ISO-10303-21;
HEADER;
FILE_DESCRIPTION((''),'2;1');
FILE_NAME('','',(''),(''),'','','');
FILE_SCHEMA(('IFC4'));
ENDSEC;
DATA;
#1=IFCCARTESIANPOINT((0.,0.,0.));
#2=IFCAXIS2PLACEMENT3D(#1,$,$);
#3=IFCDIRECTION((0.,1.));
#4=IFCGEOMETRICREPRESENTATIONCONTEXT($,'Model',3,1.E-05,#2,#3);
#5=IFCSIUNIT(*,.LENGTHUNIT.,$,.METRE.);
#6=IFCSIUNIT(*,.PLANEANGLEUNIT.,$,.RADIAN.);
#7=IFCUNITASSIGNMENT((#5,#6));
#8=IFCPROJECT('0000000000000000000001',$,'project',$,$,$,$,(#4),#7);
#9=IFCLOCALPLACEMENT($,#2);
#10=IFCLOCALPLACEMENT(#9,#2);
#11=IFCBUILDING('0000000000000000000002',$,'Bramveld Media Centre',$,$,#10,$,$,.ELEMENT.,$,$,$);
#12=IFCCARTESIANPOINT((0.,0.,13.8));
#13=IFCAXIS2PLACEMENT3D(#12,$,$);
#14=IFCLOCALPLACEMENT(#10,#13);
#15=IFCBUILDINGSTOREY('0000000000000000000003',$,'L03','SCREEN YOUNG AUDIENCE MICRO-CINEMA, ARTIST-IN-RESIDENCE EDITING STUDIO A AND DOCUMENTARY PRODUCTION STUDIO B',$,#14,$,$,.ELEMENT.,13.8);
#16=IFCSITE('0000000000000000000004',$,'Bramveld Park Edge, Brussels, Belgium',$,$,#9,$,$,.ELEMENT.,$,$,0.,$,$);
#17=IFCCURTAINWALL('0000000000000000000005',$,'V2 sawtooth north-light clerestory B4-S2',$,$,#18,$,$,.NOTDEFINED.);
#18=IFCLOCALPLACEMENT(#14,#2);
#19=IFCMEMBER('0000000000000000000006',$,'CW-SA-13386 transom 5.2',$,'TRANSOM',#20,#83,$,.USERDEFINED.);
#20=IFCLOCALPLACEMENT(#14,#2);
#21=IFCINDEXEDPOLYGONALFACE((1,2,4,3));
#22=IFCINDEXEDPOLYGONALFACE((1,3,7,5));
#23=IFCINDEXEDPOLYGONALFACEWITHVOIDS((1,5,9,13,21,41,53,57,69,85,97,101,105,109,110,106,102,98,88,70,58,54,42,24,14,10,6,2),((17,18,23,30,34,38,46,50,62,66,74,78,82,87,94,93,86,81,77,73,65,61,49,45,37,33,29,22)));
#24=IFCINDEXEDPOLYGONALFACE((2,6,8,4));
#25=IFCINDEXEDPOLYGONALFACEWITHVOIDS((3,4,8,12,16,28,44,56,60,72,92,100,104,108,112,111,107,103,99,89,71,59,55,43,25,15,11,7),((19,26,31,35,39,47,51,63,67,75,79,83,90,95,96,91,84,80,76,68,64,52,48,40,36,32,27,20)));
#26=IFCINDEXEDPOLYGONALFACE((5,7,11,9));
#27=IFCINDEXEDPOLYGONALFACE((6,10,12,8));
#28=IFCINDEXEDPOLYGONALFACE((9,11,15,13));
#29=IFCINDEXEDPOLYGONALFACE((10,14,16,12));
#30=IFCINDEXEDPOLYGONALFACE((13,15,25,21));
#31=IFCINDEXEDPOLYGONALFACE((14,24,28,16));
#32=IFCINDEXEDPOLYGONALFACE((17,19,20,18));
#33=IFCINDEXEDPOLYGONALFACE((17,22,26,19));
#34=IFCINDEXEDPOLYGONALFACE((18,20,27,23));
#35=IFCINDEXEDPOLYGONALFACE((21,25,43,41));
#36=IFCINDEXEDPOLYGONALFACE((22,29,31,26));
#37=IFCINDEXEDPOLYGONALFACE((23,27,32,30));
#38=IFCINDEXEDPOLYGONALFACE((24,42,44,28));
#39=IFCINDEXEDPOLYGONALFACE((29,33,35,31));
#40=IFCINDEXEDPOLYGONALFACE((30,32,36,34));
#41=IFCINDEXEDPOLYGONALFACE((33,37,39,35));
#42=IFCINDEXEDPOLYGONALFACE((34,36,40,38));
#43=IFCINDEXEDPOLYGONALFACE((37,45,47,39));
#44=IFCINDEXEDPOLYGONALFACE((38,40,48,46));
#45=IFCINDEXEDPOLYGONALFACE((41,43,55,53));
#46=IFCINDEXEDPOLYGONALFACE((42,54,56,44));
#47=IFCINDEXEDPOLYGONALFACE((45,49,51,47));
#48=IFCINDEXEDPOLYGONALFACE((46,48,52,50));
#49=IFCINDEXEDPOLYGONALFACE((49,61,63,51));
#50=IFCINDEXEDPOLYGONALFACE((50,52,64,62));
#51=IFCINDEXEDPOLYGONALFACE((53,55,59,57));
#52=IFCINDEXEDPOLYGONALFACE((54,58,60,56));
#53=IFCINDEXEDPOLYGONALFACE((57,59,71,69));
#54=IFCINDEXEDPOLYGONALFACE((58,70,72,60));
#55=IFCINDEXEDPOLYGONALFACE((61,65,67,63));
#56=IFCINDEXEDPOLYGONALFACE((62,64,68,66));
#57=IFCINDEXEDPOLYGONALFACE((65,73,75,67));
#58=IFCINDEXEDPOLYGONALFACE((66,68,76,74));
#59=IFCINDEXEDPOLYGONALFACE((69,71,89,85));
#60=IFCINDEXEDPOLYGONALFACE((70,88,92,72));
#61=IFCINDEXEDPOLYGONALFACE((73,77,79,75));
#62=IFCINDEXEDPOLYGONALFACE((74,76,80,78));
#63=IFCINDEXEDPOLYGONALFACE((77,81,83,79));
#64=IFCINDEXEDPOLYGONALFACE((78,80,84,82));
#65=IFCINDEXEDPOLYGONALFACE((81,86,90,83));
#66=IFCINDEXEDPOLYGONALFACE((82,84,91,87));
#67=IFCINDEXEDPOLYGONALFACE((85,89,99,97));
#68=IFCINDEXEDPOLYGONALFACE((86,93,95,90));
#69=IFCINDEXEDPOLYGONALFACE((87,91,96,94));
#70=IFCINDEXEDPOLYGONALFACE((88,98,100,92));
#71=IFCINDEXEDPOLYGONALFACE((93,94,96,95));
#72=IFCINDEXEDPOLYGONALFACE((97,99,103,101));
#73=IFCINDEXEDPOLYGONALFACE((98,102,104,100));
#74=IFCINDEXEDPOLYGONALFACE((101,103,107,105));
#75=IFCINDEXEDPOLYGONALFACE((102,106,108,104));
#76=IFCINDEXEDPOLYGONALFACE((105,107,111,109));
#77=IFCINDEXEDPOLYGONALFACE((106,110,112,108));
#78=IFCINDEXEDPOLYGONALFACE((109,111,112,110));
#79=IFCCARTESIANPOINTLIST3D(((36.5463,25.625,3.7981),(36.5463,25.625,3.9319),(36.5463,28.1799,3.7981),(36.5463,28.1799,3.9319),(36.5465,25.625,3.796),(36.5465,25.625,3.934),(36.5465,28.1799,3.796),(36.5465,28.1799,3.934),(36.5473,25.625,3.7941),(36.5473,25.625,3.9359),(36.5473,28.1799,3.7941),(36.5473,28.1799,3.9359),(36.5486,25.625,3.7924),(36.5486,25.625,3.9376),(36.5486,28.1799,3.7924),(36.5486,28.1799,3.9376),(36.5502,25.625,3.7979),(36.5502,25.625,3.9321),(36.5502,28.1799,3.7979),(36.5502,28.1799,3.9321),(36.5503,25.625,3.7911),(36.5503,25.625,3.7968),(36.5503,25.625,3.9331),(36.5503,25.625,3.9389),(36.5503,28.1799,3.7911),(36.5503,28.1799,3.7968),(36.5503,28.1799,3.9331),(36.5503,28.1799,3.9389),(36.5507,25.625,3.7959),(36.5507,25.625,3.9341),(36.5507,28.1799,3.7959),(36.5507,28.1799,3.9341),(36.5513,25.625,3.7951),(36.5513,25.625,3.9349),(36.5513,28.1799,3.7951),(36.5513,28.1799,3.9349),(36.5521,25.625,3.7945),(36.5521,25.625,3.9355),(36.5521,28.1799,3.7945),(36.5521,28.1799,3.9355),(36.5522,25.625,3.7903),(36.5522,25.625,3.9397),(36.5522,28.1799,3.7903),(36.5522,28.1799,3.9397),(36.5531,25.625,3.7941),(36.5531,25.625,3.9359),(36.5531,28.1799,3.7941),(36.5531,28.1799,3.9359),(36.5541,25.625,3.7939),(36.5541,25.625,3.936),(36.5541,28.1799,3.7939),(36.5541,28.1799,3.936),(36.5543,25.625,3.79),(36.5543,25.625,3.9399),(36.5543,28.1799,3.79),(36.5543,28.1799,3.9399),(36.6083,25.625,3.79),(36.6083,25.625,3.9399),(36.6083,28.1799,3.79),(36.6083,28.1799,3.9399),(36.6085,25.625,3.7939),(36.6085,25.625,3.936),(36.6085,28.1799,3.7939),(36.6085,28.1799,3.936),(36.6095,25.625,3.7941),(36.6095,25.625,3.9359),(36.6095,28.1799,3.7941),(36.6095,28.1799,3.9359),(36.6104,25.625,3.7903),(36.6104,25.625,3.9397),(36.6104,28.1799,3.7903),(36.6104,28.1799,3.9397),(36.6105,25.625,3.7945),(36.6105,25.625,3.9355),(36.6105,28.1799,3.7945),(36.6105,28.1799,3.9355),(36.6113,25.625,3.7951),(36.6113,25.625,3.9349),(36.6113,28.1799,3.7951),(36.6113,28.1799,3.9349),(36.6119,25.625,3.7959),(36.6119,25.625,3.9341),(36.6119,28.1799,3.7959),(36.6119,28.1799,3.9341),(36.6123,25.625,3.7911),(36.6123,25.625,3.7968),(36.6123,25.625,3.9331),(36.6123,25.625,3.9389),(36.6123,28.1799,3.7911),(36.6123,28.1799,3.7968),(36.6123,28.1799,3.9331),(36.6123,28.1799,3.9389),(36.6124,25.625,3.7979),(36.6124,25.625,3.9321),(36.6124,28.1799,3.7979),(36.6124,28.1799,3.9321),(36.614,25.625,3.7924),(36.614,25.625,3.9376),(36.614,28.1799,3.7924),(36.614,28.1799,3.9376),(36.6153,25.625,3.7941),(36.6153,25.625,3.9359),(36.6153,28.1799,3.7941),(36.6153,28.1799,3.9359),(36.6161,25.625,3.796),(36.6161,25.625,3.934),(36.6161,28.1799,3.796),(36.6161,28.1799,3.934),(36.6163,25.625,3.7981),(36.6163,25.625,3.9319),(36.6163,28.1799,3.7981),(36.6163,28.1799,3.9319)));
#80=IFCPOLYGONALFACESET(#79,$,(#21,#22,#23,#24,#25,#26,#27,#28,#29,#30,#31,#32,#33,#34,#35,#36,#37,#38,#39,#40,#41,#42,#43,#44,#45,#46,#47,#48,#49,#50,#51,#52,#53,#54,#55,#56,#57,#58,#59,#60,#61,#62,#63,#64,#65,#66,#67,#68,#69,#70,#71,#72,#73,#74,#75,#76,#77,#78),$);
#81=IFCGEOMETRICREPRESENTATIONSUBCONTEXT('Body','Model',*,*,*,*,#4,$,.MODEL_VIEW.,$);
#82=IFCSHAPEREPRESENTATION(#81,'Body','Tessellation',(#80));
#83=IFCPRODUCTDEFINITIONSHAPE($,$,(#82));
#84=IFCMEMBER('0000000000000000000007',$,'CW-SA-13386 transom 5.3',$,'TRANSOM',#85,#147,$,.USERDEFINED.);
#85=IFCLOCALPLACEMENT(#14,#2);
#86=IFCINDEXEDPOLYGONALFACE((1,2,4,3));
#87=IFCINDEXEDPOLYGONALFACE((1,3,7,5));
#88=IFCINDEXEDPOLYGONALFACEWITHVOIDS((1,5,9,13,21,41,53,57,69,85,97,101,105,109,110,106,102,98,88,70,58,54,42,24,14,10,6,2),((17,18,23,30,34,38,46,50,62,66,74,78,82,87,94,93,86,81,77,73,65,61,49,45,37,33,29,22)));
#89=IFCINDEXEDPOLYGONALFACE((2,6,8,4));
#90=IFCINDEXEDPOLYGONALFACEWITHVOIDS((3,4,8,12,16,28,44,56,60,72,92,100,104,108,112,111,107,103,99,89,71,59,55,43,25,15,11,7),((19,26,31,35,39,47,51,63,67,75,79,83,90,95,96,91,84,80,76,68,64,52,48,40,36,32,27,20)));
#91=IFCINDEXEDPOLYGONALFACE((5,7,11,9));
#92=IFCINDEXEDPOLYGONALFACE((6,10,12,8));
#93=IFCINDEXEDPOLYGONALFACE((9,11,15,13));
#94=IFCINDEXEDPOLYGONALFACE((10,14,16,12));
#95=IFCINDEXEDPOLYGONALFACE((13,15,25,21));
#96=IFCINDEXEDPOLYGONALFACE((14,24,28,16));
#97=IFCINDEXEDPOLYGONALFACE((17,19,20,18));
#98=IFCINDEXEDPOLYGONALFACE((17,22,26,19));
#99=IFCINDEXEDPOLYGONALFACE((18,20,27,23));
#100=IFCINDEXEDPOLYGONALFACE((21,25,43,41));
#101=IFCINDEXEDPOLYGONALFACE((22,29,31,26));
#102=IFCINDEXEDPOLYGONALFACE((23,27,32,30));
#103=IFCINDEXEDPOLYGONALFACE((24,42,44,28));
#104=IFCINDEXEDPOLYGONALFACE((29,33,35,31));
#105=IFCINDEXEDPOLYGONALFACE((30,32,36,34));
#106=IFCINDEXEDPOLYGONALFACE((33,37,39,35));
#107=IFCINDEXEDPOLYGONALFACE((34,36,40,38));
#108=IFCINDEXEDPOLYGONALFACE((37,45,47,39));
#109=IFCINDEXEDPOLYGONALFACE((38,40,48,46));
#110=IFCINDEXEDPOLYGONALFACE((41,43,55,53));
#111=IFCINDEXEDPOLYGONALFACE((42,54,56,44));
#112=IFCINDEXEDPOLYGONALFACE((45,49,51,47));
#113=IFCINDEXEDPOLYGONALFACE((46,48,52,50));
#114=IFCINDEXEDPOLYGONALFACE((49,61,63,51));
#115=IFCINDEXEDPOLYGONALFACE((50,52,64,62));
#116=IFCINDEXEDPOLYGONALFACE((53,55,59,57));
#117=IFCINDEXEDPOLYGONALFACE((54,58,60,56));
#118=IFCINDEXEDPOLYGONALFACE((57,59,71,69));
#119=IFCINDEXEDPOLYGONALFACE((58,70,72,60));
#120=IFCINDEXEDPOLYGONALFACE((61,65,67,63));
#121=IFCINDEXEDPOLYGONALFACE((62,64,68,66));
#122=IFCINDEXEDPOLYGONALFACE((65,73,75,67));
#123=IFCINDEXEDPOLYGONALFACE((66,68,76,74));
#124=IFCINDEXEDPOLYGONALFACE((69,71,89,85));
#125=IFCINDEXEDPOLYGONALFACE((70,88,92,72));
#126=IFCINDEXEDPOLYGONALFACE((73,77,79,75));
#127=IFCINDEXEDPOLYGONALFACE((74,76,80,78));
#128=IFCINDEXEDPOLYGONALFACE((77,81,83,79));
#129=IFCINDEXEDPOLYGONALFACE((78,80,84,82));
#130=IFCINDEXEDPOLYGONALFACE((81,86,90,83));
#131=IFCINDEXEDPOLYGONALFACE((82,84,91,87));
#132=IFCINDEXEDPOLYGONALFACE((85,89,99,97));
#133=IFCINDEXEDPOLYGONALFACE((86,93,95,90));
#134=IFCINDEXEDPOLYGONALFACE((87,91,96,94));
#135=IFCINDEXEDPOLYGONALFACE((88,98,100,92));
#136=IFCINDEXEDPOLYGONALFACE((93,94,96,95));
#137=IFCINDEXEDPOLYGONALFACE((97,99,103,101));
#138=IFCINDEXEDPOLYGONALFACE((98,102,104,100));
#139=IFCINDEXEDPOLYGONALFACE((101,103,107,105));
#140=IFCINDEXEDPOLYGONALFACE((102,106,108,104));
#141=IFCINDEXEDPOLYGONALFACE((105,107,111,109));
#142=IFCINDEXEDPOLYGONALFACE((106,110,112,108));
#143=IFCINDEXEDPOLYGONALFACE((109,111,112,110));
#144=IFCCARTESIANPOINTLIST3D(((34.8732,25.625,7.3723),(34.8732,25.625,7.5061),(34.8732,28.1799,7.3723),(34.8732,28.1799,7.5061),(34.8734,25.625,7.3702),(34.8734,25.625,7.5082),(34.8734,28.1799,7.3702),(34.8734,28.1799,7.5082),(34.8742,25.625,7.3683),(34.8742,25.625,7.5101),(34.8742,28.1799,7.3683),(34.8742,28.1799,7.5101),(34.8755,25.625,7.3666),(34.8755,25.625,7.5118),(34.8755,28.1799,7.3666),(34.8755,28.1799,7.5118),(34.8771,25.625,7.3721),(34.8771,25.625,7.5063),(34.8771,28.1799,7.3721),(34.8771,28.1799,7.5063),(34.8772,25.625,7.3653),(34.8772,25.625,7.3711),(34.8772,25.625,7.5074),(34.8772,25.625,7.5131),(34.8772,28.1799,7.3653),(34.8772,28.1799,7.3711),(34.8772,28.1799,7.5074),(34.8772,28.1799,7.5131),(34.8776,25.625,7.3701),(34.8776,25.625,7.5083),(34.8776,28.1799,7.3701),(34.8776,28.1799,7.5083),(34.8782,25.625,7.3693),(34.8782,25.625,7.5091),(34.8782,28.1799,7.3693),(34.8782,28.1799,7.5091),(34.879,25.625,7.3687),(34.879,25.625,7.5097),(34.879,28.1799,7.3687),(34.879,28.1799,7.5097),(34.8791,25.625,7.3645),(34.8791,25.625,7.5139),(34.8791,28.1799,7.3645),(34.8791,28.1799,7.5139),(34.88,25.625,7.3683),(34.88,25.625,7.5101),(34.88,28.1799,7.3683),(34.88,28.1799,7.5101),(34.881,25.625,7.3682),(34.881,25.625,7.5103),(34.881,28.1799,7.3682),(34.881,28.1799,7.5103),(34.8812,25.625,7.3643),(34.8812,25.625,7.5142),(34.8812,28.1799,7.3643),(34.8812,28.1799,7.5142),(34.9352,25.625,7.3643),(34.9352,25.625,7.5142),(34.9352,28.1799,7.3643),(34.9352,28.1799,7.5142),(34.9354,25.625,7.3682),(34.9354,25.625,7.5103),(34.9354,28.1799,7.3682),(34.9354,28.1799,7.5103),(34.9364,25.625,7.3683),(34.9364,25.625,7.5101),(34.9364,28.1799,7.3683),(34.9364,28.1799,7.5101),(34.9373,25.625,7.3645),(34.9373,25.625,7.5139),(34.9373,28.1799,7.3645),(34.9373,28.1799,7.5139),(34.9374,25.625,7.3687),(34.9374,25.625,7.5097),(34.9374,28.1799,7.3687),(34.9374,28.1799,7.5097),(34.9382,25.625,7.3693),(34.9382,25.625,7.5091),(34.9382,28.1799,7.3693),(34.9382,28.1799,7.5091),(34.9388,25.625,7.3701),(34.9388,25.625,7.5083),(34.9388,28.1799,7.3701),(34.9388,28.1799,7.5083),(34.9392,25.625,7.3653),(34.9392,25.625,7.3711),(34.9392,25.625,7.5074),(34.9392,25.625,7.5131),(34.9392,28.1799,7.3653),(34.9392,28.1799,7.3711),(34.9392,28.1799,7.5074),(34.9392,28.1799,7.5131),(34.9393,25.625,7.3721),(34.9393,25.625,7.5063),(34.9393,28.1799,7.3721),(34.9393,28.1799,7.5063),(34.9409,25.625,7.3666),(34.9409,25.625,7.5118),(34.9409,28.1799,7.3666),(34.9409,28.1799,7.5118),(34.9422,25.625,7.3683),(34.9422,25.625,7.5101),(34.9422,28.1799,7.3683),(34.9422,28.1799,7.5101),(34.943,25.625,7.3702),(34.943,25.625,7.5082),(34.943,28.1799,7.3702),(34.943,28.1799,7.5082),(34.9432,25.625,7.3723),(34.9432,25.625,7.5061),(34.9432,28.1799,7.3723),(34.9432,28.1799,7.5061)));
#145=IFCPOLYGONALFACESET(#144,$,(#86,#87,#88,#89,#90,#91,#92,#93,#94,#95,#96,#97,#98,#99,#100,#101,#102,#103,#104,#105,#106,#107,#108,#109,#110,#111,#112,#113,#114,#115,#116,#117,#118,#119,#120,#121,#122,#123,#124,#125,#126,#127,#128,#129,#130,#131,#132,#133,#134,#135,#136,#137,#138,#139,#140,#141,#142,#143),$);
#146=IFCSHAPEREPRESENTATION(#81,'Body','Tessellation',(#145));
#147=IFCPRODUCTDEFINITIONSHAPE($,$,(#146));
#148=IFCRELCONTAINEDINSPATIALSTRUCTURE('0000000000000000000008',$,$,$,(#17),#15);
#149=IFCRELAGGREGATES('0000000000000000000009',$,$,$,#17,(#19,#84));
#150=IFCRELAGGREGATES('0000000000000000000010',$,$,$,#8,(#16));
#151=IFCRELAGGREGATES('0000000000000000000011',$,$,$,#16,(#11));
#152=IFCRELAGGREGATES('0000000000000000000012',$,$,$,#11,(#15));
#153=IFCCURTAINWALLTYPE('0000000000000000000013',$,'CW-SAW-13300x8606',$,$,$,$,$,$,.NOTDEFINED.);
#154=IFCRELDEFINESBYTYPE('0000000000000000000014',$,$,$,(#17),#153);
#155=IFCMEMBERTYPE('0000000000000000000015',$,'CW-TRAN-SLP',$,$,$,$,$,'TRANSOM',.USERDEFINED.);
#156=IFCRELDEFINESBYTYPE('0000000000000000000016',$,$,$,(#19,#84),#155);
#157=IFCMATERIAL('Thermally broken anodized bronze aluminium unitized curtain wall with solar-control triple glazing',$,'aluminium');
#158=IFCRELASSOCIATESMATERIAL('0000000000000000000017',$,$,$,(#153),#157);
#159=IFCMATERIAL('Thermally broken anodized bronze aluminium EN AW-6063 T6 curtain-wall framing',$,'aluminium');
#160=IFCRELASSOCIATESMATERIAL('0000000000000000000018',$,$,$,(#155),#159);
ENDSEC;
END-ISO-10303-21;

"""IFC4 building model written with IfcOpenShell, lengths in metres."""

from ifc_helpers import new_model, si_unit, direction, frame, origin, origin_2d, place, context, subcontext, project, spatial, hollow_rectangle, extrude, material, material_profile, profile_set, type_object, element, aggregate, save


model = new_model("IFC4")

# Units and contexts
model_context = context("Model", 3, precision=1e-05, world=origin(), true_north=direction((0.0, 1.0)))
body_context = subcontext(model_context, "Body", "Model", "MODEL_VIEW")
ifc_project = project(units=[si_unit("LENGTHUNIT", "METRE"), si_unit("PLANEANGLEUNIT", "RADIAN")], contexts=[model_context])

# Site, building, storey
site_placement = place(None, origin())
site = spatial("IfcSite", under=ifc_project, at=site_placement, Name="Bramveld Park Edge, Brussels, Belgium", CompositionType="ELEMENT", RefElevation=0.0)
building_placement = place(site_placement, origin())
building = spatial("IfcBuilding", under=site, at=building_placement, Name="Bramveld Media Centre", CompositionType="ELEMENT")
storey_placement = place(building_placement, frame((0.0, 0.0, 13.8)))
storey = spatial("IfcBuildingStorey", under=building, at=storey_placement, Name="L03", Description="SCREEN YOUNG AUDIENCE MICRO-CINEMA, ARTIST-IN-RESIDENCE EDITING STUDIO A AND DOCUMENTARY PRODUCTION STUDIO B", CompositionType="ELEMENT", Elevation=13.8)

# Curtain wall, members
ifc_material_1 = material(Name="Thermally broken anodized bronze aluminium unitized curtain wall with solar-control triple glazing", Category="aluminium")
curtain_wall_type_1 = type_object("IfcCurtainWallType", Name="CW-SAW-13300x8606", PredefinedType="NOTDEFINED", material=ifc_material_1)
curtain_wall_1_placement = place(storey_placement, origin())
curtain_wall_1 = element("IfcCurtainWall", 1, at=curtain_wall_1_placement, inside=storey, type_object=curtain_wall_type_1, Name="V2 sawtooth north-light clerestory B4-S2", PredefinedType="NOTDEFINED")
ifc_material_2 = material(Name="Thermally broken anodized bronze aluminium EN AW-6063 T6 curtain-wall framing", Category="aluminium")
ifc_material_profile_1 = material_profile(ifc_material_2, hollow_rectangle(XDim=0.0701, YDim=0.1499, WallThickness=0.0039, InnerFilletRadius=0.0039, OuterFilletRadius=0.0081, at=origin_2d()), Name="AL-TRAN 70x150")
ifc_profile_set_1 = profile_set([ifc_material_profile_1], Name="Thermally broken anodized bronze aluminium EN AW-6063 T6 curtain-wall framing")
member_type_1 = type_object("IfcMemberType", Name="CW-TRAN-SLP", ElementType="TRANSOM", PredefinedType="USERDEFINED", material=ifc_profile_set_1)
member_1_placement = place(storey_placement, frame((36.5813, 25.625, 3.865), z_axis=(0.0, 1.0, 0.0), x_axis=(-1.0, 0.0, 0.0)))
member_1 = element("IfcMember", 2, at=member_1_placement, type_object=member_type_1, Name="CW-SA-13386 transom 5.2", ObjectType="TRANSOM", PredefinedType="USERDEFINED", context=body_context, shape_type="SweptSolid", body=[
    extrude(hollow_rectangle(XDim=0.0701, YDim=0.1499, WallThickness=0.0039, InnerFilletRadius=0.0039, OuterFilletRadius=0.0081, at=origin_2d()), origin(), (0.0, 0.0, 1.0), 2.5549),
])
member_2_placement = place(storey_placement, frame((34.9082, 25.625, 7.4392), z_axis=(0.0, 1.0, 0.0), x_axis=(-1.0, 0.0, 0.0)))
member_2 = element("IfcMember", 3, at=member_2_placement, type_object=member_type_1, Name="CW-SA-13386 transom 5.3", ObjectType="TRANSOM", PredefinedType="USERDEFINED", context=body_context, shape_type="SweptSolid", body=[
    extrude(hollow_rectangle(XDim=0.0701, YDim=0.1499, WallThickness=0.0039, InnerFilletRadius=0.0039, OuterFilletRadius=0.0081, at=origin_2d()), origin(), (0.0, 0.0, 1.0), 2.5549),
])

aggregate(curtain_wall_1, [member_1, member_2])

save(model, "model.ifc")
